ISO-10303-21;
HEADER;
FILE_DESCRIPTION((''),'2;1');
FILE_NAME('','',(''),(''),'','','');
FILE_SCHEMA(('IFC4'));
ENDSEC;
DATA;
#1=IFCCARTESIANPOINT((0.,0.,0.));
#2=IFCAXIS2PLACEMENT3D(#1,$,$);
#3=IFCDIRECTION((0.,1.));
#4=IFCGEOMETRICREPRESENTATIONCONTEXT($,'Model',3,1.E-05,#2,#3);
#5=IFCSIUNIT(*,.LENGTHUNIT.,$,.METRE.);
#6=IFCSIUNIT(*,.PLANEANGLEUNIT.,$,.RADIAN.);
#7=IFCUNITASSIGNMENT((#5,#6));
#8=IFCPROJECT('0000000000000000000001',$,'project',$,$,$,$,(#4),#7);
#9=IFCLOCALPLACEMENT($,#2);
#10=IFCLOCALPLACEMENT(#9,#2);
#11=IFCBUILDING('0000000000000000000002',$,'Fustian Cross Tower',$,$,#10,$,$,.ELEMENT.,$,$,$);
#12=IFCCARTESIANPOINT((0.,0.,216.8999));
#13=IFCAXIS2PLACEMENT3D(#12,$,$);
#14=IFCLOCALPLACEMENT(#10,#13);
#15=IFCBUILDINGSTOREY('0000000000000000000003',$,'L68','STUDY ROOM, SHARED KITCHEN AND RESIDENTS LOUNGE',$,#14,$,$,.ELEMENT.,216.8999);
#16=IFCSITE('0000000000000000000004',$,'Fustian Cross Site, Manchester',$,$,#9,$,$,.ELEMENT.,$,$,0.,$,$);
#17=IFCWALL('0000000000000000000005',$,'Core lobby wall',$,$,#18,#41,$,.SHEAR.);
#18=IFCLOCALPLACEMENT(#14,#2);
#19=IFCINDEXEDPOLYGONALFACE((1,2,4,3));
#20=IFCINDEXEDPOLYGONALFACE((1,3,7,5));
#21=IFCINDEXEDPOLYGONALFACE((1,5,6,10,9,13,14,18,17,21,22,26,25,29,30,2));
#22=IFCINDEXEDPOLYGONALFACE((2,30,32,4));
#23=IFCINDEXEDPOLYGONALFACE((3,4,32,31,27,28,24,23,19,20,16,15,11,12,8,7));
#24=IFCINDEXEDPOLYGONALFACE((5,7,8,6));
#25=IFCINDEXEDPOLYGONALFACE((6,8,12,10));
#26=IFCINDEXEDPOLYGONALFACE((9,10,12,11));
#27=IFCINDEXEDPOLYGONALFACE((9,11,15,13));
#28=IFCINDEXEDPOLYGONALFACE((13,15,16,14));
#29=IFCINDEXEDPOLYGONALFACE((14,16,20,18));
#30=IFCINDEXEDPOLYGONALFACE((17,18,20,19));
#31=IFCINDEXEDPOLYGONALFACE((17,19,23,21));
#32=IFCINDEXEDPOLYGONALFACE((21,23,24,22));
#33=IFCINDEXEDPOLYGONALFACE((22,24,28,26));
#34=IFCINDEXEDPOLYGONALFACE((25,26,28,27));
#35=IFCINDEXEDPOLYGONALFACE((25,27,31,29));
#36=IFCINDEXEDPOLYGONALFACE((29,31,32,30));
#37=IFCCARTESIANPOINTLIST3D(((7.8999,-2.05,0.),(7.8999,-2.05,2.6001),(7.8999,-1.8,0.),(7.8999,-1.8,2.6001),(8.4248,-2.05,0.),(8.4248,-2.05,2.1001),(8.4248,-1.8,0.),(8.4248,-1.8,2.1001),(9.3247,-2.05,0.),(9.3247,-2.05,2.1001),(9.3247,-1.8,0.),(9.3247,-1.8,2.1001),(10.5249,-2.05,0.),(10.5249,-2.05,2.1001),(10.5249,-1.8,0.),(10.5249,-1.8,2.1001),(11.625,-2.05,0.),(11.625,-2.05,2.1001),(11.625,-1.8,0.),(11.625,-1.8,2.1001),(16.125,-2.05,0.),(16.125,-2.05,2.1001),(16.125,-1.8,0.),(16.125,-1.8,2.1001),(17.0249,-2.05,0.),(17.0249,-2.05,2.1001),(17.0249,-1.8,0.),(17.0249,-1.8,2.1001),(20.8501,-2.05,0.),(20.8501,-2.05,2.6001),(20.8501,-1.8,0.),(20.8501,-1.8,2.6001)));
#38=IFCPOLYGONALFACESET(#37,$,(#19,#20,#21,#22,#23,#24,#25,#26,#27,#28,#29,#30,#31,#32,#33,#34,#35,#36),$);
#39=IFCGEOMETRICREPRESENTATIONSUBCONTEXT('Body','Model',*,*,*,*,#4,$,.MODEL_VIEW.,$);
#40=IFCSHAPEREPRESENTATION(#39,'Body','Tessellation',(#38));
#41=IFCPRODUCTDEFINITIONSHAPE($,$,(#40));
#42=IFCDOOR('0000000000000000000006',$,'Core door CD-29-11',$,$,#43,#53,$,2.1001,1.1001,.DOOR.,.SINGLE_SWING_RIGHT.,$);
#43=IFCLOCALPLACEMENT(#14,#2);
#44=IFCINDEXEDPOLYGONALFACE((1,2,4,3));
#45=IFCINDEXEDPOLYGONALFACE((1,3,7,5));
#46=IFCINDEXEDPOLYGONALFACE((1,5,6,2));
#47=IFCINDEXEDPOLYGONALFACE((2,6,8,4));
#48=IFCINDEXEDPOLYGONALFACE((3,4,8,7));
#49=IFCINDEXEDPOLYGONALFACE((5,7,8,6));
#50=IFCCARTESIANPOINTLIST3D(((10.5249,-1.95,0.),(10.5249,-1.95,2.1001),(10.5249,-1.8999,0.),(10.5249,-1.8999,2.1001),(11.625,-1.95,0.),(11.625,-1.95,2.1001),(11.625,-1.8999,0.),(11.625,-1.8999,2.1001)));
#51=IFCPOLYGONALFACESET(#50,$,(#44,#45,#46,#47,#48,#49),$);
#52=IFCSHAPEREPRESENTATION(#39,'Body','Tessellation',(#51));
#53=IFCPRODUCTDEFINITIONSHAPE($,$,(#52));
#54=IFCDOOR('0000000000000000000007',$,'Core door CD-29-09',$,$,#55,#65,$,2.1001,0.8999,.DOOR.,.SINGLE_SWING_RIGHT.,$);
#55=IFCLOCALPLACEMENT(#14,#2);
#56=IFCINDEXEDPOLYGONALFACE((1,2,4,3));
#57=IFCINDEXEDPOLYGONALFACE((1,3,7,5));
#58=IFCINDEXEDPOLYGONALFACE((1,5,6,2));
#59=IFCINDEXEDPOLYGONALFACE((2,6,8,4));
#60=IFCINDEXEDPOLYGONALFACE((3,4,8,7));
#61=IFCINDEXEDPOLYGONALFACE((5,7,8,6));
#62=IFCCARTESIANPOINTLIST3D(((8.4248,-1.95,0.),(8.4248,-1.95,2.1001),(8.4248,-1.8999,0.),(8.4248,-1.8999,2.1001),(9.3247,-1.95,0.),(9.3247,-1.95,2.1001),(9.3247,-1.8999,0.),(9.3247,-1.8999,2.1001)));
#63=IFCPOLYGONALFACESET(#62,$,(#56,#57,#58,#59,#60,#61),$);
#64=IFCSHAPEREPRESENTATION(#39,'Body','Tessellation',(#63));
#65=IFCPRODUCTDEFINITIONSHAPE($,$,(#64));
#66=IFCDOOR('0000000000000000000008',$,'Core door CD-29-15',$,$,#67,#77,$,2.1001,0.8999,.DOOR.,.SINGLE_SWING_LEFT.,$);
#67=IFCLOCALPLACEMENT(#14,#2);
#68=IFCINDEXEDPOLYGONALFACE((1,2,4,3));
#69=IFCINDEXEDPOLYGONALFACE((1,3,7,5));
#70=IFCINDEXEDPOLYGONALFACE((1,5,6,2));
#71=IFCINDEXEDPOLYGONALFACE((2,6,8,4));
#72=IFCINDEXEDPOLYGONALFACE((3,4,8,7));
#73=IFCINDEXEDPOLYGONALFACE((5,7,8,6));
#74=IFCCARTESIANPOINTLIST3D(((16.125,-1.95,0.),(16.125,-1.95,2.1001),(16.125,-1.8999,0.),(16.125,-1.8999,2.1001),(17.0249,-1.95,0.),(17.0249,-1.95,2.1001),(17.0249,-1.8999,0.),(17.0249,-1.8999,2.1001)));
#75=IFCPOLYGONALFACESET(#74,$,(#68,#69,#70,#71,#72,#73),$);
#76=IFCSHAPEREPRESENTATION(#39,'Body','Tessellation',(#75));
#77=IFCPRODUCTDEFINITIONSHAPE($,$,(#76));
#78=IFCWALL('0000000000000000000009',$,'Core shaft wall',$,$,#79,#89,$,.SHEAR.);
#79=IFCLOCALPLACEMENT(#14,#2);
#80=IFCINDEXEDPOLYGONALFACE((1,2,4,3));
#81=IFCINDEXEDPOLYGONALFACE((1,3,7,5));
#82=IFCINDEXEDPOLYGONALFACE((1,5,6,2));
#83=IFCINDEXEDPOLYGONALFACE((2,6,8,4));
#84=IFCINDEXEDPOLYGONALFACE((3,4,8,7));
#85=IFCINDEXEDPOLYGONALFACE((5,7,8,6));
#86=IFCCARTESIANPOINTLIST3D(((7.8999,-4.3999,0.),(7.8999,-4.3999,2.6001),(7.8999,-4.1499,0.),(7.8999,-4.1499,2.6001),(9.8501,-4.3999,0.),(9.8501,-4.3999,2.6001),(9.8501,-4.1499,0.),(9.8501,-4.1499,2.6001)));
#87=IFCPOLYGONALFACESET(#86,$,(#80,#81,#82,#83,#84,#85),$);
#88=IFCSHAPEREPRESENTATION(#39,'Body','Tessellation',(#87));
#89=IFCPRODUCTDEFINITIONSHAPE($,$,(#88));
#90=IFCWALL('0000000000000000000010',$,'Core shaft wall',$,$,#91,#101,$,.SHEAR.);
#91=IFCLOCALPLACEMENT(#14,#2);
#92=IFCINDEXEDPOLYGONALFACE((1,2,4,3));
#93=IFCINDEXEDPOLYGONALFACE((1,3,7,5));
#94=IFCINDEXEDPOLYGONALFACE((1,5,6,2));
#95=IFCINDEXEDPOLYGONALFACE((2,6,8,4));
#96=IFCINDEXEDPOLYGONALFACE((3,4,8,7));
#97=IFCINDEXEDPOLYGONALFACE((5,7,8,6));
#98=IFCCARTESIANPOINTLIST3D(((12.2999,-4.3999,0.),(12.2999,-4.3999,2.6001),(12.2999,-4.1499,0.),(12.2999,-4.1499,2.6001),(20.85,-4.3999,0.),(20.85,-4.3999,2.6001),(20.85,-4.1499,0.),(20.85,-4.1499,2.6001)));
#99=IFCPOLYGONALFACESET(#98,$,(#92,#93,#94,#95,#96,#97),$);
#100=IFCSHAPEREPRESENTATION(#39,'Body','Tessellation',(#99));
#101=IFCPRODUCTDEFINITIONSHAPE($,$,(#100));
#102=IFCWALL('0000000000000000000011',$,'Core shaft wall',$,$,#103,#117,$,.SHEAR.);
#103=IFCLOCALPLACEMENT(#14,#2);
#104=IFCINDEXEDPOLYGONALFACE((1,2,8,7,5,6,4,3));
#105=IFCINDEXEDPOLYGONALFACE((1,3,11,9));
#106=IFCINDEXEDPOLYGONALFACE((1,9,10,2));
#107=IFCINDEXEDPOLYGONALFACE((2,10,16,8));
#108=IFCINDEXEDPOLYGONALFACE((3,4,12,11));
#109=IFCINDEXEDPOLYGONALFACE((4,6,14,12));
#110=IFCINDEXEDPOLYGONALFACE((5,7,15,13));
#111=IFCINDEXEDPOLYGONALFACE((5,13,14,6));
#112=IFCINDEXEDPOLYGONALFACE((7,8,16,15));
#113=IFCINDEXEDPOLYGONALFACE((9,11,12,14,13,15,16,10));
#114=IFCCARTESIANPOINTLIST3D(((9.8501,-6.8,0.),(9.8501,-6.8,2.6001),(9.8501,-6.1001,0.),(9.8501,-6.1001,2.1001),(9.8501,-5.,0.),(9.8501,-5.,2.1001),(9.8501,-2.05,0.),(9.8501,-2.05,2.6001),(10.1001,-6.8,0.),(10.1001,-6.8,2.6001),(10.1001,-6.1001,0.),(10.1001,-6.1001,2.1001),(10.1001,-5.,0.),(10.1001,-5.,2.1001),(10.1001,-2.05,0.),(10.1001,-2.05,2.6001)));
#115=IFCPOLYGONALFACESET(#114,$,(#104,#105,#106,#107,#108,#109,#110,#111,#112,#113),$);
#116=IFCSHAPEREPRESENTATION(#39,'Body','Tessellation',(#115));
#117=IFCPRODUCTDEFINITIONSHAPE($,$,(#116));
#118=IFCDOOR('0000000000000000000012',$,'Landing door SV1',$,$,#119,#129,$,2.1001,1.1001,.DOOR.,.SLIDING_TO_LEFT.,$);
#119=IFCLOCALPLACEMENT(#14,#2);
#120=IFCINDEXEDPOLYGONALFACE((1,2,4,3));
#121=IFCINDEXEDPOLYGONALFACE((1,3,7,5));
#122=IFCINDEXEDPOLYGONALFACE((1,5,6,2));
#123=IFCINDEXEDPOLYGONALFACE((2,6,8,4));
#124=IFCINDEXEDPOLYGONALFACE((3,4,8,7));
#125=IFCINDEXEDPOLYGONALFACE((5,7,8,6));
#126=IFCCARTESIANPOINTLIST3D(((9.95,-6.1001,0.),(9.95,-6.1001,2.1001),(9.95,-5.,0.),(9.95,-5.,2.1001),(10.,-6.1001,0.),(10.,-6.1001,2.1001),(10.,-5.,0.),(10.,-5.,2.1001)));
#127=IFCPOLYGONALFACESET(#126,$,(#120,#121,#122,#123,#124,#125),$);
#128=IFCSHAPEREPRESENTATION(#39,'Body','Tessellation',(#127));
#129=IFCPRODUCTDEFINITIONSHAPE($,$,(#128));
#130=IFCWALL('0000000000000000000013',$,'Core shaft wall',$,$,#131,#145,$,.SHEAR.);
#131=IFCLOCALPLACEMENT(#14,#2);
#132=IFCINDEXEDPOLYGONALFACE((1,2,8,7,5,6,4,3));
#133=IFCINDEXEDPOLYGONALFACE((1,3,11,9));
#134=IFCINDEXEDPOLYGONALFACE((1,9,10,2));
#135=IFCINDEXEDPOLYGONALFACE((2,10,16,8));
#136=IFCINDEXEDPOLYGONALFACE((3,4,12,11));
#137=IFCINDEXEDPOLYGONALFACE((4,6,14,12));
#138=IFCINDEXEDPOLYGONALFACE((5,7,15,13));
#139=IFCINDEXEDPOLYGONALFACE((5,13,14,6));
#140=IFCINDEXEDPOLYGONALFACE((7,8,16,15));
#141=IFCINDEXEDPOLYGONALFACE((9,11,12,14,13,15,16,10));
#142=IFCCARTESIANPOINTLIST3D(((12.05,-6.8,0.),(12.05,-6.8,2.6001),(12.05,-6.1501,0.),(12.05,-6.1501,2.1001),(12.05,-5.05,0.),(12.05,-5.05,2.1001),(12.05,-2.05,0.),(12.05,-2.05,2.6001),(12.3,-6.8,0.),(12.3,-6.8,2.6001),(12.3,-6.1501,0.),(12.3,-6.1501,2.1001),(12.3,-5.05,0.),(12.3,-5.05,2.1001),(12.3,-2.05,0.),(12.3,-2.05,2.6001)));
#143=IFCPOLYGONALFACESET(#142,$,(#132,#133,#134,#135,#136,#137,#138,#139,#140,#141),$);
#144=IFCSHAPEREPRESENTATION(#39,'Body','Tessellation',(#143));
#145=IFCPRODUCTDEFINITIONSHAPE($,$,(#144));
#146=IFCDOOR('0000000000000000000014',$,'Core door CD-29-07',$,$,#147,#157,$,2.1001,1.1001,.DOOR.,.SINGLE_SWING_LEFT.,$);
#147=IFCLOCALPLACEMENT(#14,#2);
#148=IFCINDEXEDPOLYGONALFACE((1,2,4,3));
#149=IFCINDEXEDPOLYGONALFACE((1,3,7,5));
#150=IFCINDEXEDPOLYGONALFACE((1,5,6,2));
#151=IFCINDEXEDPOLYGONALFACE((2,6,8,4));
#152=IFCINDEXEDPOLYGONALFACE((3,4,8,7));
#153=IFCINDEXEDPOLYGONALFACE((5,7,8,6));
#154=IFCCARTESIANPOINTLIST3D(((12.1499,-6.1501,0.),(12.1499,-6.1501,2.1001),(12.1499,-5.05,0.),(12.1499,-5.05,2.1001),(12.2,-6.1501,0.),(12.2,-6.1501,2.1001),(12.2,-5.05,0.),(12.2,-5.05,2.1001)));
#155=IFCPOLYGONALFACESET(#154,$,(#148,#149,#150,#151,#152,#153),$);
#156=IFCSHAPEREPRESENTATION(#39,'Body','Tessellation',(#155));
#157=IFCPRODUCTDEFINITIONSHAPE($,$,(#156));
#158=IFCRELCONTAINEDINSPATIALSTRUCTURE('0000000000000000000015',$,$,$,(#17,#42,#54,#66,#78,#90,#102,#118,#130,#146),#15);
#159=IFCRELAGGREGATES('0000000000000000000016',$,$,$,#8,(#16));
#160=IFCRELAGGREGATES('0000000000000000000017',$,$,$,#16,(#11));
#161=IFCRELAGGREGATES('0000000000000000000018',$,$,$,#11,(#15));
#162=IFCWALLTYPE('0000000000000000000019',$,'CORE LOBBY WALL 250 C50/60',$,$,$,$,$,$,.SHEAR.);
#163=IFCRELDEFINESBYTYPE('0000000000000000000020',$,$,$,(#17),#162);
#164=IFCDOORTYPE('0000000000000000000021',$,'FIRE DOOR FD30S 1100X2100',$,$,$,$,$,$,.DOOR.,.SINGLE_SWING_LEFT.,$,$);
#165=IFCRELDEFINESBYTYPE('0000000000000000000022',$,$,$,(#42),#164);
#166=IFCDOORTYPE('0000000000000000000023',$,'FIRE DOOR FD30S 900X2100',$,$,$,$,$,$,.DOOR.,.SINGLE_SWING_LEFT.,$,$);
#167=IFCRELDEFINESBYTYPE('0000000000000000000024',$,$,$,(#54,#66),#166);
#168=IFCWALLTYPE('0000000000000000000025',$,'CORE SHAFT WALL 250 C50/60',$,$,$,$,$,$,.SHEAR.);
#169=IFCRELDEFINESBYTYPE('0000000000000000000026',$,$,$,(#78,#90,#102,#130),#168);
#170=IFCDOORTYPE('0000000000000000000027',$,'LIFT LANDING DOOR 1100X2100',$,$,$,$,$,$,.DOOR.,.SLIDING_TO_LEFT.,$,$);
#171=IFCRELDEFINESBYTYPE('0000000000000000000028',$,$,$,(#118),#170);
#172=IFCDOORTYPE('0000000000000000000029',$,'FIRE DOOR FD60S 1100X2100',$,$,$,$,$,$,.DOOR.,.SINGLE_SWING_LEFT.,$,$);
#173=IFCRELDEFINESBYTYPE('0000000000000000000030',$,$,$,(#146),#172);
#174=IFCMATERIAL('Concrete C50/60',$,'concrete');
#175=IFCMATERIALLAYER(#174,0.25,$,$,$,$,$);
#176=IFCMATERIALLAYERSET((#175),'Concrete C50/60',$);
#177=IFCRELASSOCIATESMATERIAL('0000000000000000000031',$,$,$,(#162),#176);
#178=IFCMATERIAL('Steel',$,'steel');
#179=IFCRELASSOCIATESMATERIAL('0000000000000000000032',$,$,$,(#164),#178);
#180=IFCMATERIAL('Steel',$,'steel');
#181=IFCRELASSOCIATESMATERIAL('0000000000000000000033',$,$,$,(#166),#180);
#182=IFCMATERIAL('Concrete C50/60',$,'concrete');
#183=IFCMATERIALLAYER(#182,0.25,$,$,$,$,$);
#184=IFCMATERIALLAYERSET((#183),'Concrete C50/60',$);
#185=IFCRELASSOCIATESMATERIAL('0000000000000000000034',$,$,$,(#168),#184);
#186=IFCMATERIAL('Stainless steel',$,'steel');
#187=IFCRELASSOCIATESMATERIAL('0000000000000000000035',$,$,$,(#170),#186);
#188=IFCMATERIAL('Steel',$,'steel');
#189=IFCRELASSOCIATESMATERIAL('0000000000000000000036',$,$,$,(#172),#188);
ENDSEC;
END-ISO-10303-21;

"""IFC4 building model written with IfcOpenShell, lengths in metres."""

from ifc_helpers import new_model, si_unit, direction, frame, frame_2d, origin, place, context, subcontext, project, spatial, rectangle, extrude, material, layer, layer_set, type_object, element, fill, save


model = new_model("IFC4")

# Units and contexts
model_context = context("Model", 3, precision=1e-05, world=origin(), true_north=direction((0.0, 1.0)))
body_context = subcontext(model_context, "Body", "Model", "MODEL_VIEW")
ifc_project = project(units=[si_unit("LENGTHUNIT", "METRE"), si_unit("PLANEANGLEUNIT", "RADIAN")], contexts=[model_context])

# Site, building, storey
site_placement = place(None, origin())
site = spatial("IfcSite", under=ifc_project, at=site_placement, Name="Fustian Cross Site, Manchester", CompositionType="ELEMENT", RefElevation=0.0)
building_placement = place(site_placement, origin())
building = spatial("IfcBuilding", under=site, at=building_placement, Name="Fustian Cross Tower", CompositionType="ELEMENT")
storey_placement = place(building_placement, frame((0.0, 0.0, 216.8999)))
storey = spatial("IfcBuildingStorey", under=building, at=storey_placement, Name="L68", Description="STUDY ROOM, SHARED KITCHEN AND RESIDENTS LOUNGE", CompositionType="ELEMENT", Elevation=216.8999)

# Wall, openings, doors
ifc_material_1 = material(Name="Concrete C50/60", Category="concrete")
ifc_layer_1 = layer(ifc_material_1, 0.25)
ifc_layer_set_1 = layer_set([ifc_layer_1], Name="Concrete C50/60")
wall_type_1 = type_object("IfcWallType", Name="CORE LOBBY WALL 250 C50/60", PredefinedType="SHEAR", material=ifc_layer_set_1)
wall_1_placement = place(storey_placement, frame((7.8999, -1.925, 0.0), z_axis=(0.0, 0.0, 1.0), x_axis=(1.0, 0.0, 0.0)))
wall_1 = element("IfcWall", 1, at=wall_1_placement, inside=storey, type_object=wall_type_1, Name="Core lobby wall", PredefinedType="SHEAR", context=body_context, shape_type="SweptSolid", body=[
    extrude(rectangle(XDim=12.9502, YDim=0.25, at=frame_2d((6.4751, 0.0))), origin(), (0.0, 0.0, 1.0), 2.6001),
])
opening_1_placement = place(wall_1_placement, frame((0.5249, 0.0, 0.0)))
opening_1 = element("IfcOpeningElement", 2, at=opening_1_placement, cuts=wall_1, PredefinedType="OPENING", context=body_context, shape_type="SweptSolid", body=[
    extrude(rectangle(XDim=0.8999, YDim=2.1001, at=frame_2d((0.45, 1.05))), frame((0.0, 0.135, 0.0), z_axis=(0.0, -1.0, 0.0), x_axis=(1.0, 0.0, 0.0)), (0.0, 0.0, 1.0), 0.27),
])
opening_2_placement = place(wall_1_placement, frame((2.625, 0.0, 0.0)))
opening_2 = element("IfcOpeningElement", 3, at=opening_2_placement, cuts=wall_1, PredefinedType="OPENING", context=body_context, shape_type="SweptSolid", body=[
    extrude(rectangle(XDim=1.1001, YDim=2.1001, at=frame_2d((0.55, 1.05))), frame((0.0, 0.135, 0.0), z_axis=(0.0, -1.0, 0.0), x_axis=(1.0, 0.0, 0.0)), (0.0, 0.0, 1.0), 0.27),
])
opening_3_placement = place(wall_1_placement, frame((8.2251, 0.0, 0.0)))
opening_3 = element("IfcOpeningElement", 4, at=opening_3_placement, cuts=wall_1, PredefinedType="OPENING", context=body_context, shape_type="SweptSolid", body=[
    extrude(rectangle(XDim=0.8999, YDim=2.1001, at=frame_2d((0.45, 1.05))), frame((0.0, 0.135, 0.0), z_axis=(0.0, -1.0, 0.0), x_axis=(1.0, 0.0, 0.0)), (0.0, 0.0, 1.0), 0.27),
])
ifc_material_2 = material(Name="Steel", Category="steel")
door_type_1 = type_object("IfcDoorType", Name="FIRE DOOR FD30S 1100X2100", OperationType="SINGLE_SWING_LEFT", PredefinedType="DOOR", material=ifc_material_2)
door_1_placement = place(opening_2_placement, frame((1.1001, 0.0, 0.0), z_axis=(0.0, 0.0, 1.0), x_axis=(-1.0, 0.0, 0.0)))
door_1 = element("IfcDoor", 5, at=door_1_placement, inside=storey, type_object=door_type_1, Name="Core door CD-29-11", OperationType="SINGLE_SWING_RIGHT", OverallHeight=2.1001, OverallWidth=1.1001, PredefinedType="DOOR", context=body_context, shape_type="SweptSolid", body=[
    extrude(rectangle(XDim=1.1001, YDim=2.1001, at=frame_2d((0.55, 1.05))), frame((0.0, 0.0249, 0.0), z_axis=(0.0, -1.0, 0.0), x_axis=(1.0, 0.0, 0.0)), (0.0, 0.0, 1.0), 0.05),
])
fill(opening_2, door_1)
ifc_material_3 = material(Name="Steel", Category="steel")
door_type_2 = type_object("IfcDoorType", Name="FIRE DOOR FD30S 900X2100", OperationType="SINGLE_SWING_LEFT", PredefinedType="DOOR", material=ifc_material_3)
door_2_placement = place(opening_1_placement, frame((0.8999, 0.0, 0.0), z_axis=(0.0, 0.0, 1.0), x_axis=(-1.0, 0.0, 0.0)))
door_2 = element("IfcDoor", 6, at=door_2_placement, inside=storey, type_object=door_type_2, Name="Core door CD-29-09", OperationType="SINGLE_SWING_RIGHT", OverallHeight=2.1001, OverallWidth=0.8999, PredefinedType="DOOR", context=body_context, shape_type="SweptSolid", body=[
    extrude(rectangle(XDim=0.8999, YDim=2.1001, at=frame_2d((0.45, 1.05))), frame((0.0, 0.0249, 0.0), z_axis=(0.0, -1.0, 0.0), x_axis=(1.0, 0.0, 0.0)), (0.0, 0.0, 1.0), 0.05),
])
fill(opening_1, door_2)
door_3_placement = place(opening_3_placement, frame((0.8999, 0.0, 0.0), z_axis=(0.0, 0.0, 1.0), x_axis=(-1.0, 0.0, 0.0)))
door_3 = element("IfcDoor", 7, at=door_3_placement, inside=storey, type_object=door_type_2, Name="Core door CD-29-15", OperationType="SINGLE_SWING_LEFT", OverallHeight=2.1001, OverallWidth=0.8999, PredefinedType="DOOR", context=body_context, shape_type="SweptSolid", body=[
    extrude(rectangle(XDim=0.8999, YDim=2.1001, at=frame_2d((0.45, 1.05))), frame((0.0, 0.0249, 0.0), z_axis=(0.0, -1.0, 0.0), x_axis=(1.0, 0.0, 0.0)), (0.0, 0.0, 1.0), 0.05),
])
fill(opening_3, door_3)

# Walls
ifc_material_4 = material(Name="Concrete C50/60", Category="concrete")
ifc_layer_2 = layer(ifc_material_4, 0.25)
ifc_layer_set_2 = layer_set([ifc_layer_2], Name="Concrete C50/60")
wall_type_2 = type_object("IfcWallType", Name="CORE SHAFT WALL 250 C50/60", PredefinedType="SHEAR", material=ifc_layer_set_2)
wall_2_placement = place(storey_placement, frame((7.8999, -4.2749, 0.0), z_axis=(0.0, 0.0, 1.0), x_axis=(1.0, 0.0, 0.0)))
element("IfcWall", 8, at=wall_2_placement, inside=storey, type_object=wall_type_2, Name="Core shaft wall", PredefinedType="SHEAR", context=body_context, shape_type="SweptSolid", body=[
    extrude(rectangle(XDim=1.9502, YDim=0.25, at=frame_2d((0.9751, 0.0))), origin(), (0.0, 0.0, 1.0), 2.6001),
])
wall_3_placement = place(storey_placement, frame((12.3, -4.2749, 0.0), z_axis=(0.0, 0.0, 1.0), x_axis=(1.0, 0.0, 0.0)))
element("IfcWall", 9, at=wall_3_placement, inside=storey, type_object=wall_type_2, Name="Core shaft wall", PredefinedType="SHEAR", context=body_context, shape_type="SweptSolid", body=[
    extrude(rectangle(XDim=8.55, YDim=0.25, at=frame_2d((4.2749, 0.0))), origin(), (0.0, 0.0, 1.0), 2.6001),
])

# Walls, openings, doors
wall_4_placement = place(storey_placement, frame((9.9751, -2.05, 0.0), z_axis=(0.0, 0.0, 1.0), x_axis=(0.0, -1.0, 0.0)))
wall_4 = element("IfcWall", 10, at=wall_4_placement, inside=storey, type_object=wall_type_2, Name="Core shaft wall", PredefinedType="SHEAR", context=body_context, shape_type="SweptSolid", body=[
    extrude(rectangle(XDim=4.75, YDim=0.25, at=frame_2d((2.375, 0.0))), origin(), (0.0, 0.0, 1.0), 2.6001),
])
opening_4_placement = place(wall_4_placement, frame((2.95, 0.0, 0.0)))
opening_4 = element("IfcOpeningElement", 11, at=opening_4_placement, cuts=wall_4, PredefinedType="OPENING", context=body_context, shape_type="SweptSolid", body=[
    extrude(rectangle(XDim=1.1001, YDim=2.1001, at=frame_2d((0.55, 1.05))), frame((0.0, 0.135, 0.0), z_axis=(0.0, -1.0, 0.0), x_axis=(1.0, 0.0, 0.0)), (0.0, 0.0, 1.0), 0.27),
])
ifc_material_5 = material(Name="Stainless steel", Category="steel")
door_type_3 = type_object("IfcDoorType", Name="LIFT LANDING DOOR 1100X2100", OperationType="SLIDING_TO_LEFT", PredefinedType="DOOR", material=ifc_material_5)
door_4_placement = place(opening_4_placement, origin())
door_4 = element("IfcDoor", 12, at=door_4_placement, inside=storey, type_object=door_type_3, Name="Landing door SV1", OperationType="SLIDING_TO_LEFT", OverallHeight=2.1001, OverallWidth=1.1001, PredefinedType="DOOR", context=body_context, shape_type="SweptSolid", body=[
    extrude(rectangle(XDim=1.1001, YDim=2.1001, at=frame_2d((0.55, 1.05))), frame((0.0, 0.0249, 0.0), z_axis=(0.0, -1.0, 0.0), x_axis=(1.0, 0.0, 0.0)), (0.0, 0.0, 1.0), 0.05),
])
fill(opening_4, door_4)
wall_5_placement = place(storey_placement, frame((12.175, -2.05, 0.0), z_axis=(0.0, 0.0, 1.0), x_axis=(0.0, -1.0, 0.0)))
wall_5 = element("IfcWall", 13, at=wall_5_placement, inside=storey, type_object=wall_type_2, Name="Core shaft wall", PredefinedType="SHEAR", context=body_context, shape_type="SweptSolid", body=[
    extrude(rectangle(XDim=4.75, YDim=0.25, at=frame_2d((2.375, 0.0))), origin(), (0.0, 0.0, 1.0), 2.6001),
])
opening_5_placement = place(wall_5_placement, frame((3.0, 0.0, 0.0)))
opening_5 = element("IfcOpeningElement", 14, at=opening_5_placement, cuts=wall_5, PredefinedType="OPENING", context=body_context, shape_type="SweptSolid", body=[
    extrude(rectangle(XDim=1.1001, YDim=2.1001, at=frame_2d((0.55, 1.05))), frame((0.0, 0.135, 0.0), z_axis=(0.0, -1.0, 0.0), x_axis=(1.0, 0.0, 0.0)), (0.0, 0.0, 1.0), 0.27),
])
ifc_material_6 = material(Name="Steel", Category="steel")
door_type_4 = type_object("IfcDoorType", Name="FIRE DOOR FD60S 1100X2100", OperationType="SINGLE_SWING_LEFT", PredefinedType="DOOR", material=ifc_material_6)
door_5_placement = place(opening_5_placement, origin())
door_5 = element("IfcDoor", 15, at=door_5_placement, inside=storey, type_object=door_type_4, Name="Core door CD-29-07", OperationType="SINGLE_SWING_LEFT", OverallHeight=2.1001, OverallWidth=1.1001, PredefinedType="DOOR", context=body_context, shape_type="SweptSolid", body=[
    extrude(rectangle(XDim=1.1001, YDim=2.1001, at=frame_2d((0.55, 1.05))), frame((0.0, 0.0249, 0.0), z_axis=(0.0, -1.0, 0.0), x_axis=(1.0, 0.0, 0.0)), (0.0, 0.0, 1.0), 0.05),
])
fill(opening_5, door_5)

save(model, "model.ifc")
